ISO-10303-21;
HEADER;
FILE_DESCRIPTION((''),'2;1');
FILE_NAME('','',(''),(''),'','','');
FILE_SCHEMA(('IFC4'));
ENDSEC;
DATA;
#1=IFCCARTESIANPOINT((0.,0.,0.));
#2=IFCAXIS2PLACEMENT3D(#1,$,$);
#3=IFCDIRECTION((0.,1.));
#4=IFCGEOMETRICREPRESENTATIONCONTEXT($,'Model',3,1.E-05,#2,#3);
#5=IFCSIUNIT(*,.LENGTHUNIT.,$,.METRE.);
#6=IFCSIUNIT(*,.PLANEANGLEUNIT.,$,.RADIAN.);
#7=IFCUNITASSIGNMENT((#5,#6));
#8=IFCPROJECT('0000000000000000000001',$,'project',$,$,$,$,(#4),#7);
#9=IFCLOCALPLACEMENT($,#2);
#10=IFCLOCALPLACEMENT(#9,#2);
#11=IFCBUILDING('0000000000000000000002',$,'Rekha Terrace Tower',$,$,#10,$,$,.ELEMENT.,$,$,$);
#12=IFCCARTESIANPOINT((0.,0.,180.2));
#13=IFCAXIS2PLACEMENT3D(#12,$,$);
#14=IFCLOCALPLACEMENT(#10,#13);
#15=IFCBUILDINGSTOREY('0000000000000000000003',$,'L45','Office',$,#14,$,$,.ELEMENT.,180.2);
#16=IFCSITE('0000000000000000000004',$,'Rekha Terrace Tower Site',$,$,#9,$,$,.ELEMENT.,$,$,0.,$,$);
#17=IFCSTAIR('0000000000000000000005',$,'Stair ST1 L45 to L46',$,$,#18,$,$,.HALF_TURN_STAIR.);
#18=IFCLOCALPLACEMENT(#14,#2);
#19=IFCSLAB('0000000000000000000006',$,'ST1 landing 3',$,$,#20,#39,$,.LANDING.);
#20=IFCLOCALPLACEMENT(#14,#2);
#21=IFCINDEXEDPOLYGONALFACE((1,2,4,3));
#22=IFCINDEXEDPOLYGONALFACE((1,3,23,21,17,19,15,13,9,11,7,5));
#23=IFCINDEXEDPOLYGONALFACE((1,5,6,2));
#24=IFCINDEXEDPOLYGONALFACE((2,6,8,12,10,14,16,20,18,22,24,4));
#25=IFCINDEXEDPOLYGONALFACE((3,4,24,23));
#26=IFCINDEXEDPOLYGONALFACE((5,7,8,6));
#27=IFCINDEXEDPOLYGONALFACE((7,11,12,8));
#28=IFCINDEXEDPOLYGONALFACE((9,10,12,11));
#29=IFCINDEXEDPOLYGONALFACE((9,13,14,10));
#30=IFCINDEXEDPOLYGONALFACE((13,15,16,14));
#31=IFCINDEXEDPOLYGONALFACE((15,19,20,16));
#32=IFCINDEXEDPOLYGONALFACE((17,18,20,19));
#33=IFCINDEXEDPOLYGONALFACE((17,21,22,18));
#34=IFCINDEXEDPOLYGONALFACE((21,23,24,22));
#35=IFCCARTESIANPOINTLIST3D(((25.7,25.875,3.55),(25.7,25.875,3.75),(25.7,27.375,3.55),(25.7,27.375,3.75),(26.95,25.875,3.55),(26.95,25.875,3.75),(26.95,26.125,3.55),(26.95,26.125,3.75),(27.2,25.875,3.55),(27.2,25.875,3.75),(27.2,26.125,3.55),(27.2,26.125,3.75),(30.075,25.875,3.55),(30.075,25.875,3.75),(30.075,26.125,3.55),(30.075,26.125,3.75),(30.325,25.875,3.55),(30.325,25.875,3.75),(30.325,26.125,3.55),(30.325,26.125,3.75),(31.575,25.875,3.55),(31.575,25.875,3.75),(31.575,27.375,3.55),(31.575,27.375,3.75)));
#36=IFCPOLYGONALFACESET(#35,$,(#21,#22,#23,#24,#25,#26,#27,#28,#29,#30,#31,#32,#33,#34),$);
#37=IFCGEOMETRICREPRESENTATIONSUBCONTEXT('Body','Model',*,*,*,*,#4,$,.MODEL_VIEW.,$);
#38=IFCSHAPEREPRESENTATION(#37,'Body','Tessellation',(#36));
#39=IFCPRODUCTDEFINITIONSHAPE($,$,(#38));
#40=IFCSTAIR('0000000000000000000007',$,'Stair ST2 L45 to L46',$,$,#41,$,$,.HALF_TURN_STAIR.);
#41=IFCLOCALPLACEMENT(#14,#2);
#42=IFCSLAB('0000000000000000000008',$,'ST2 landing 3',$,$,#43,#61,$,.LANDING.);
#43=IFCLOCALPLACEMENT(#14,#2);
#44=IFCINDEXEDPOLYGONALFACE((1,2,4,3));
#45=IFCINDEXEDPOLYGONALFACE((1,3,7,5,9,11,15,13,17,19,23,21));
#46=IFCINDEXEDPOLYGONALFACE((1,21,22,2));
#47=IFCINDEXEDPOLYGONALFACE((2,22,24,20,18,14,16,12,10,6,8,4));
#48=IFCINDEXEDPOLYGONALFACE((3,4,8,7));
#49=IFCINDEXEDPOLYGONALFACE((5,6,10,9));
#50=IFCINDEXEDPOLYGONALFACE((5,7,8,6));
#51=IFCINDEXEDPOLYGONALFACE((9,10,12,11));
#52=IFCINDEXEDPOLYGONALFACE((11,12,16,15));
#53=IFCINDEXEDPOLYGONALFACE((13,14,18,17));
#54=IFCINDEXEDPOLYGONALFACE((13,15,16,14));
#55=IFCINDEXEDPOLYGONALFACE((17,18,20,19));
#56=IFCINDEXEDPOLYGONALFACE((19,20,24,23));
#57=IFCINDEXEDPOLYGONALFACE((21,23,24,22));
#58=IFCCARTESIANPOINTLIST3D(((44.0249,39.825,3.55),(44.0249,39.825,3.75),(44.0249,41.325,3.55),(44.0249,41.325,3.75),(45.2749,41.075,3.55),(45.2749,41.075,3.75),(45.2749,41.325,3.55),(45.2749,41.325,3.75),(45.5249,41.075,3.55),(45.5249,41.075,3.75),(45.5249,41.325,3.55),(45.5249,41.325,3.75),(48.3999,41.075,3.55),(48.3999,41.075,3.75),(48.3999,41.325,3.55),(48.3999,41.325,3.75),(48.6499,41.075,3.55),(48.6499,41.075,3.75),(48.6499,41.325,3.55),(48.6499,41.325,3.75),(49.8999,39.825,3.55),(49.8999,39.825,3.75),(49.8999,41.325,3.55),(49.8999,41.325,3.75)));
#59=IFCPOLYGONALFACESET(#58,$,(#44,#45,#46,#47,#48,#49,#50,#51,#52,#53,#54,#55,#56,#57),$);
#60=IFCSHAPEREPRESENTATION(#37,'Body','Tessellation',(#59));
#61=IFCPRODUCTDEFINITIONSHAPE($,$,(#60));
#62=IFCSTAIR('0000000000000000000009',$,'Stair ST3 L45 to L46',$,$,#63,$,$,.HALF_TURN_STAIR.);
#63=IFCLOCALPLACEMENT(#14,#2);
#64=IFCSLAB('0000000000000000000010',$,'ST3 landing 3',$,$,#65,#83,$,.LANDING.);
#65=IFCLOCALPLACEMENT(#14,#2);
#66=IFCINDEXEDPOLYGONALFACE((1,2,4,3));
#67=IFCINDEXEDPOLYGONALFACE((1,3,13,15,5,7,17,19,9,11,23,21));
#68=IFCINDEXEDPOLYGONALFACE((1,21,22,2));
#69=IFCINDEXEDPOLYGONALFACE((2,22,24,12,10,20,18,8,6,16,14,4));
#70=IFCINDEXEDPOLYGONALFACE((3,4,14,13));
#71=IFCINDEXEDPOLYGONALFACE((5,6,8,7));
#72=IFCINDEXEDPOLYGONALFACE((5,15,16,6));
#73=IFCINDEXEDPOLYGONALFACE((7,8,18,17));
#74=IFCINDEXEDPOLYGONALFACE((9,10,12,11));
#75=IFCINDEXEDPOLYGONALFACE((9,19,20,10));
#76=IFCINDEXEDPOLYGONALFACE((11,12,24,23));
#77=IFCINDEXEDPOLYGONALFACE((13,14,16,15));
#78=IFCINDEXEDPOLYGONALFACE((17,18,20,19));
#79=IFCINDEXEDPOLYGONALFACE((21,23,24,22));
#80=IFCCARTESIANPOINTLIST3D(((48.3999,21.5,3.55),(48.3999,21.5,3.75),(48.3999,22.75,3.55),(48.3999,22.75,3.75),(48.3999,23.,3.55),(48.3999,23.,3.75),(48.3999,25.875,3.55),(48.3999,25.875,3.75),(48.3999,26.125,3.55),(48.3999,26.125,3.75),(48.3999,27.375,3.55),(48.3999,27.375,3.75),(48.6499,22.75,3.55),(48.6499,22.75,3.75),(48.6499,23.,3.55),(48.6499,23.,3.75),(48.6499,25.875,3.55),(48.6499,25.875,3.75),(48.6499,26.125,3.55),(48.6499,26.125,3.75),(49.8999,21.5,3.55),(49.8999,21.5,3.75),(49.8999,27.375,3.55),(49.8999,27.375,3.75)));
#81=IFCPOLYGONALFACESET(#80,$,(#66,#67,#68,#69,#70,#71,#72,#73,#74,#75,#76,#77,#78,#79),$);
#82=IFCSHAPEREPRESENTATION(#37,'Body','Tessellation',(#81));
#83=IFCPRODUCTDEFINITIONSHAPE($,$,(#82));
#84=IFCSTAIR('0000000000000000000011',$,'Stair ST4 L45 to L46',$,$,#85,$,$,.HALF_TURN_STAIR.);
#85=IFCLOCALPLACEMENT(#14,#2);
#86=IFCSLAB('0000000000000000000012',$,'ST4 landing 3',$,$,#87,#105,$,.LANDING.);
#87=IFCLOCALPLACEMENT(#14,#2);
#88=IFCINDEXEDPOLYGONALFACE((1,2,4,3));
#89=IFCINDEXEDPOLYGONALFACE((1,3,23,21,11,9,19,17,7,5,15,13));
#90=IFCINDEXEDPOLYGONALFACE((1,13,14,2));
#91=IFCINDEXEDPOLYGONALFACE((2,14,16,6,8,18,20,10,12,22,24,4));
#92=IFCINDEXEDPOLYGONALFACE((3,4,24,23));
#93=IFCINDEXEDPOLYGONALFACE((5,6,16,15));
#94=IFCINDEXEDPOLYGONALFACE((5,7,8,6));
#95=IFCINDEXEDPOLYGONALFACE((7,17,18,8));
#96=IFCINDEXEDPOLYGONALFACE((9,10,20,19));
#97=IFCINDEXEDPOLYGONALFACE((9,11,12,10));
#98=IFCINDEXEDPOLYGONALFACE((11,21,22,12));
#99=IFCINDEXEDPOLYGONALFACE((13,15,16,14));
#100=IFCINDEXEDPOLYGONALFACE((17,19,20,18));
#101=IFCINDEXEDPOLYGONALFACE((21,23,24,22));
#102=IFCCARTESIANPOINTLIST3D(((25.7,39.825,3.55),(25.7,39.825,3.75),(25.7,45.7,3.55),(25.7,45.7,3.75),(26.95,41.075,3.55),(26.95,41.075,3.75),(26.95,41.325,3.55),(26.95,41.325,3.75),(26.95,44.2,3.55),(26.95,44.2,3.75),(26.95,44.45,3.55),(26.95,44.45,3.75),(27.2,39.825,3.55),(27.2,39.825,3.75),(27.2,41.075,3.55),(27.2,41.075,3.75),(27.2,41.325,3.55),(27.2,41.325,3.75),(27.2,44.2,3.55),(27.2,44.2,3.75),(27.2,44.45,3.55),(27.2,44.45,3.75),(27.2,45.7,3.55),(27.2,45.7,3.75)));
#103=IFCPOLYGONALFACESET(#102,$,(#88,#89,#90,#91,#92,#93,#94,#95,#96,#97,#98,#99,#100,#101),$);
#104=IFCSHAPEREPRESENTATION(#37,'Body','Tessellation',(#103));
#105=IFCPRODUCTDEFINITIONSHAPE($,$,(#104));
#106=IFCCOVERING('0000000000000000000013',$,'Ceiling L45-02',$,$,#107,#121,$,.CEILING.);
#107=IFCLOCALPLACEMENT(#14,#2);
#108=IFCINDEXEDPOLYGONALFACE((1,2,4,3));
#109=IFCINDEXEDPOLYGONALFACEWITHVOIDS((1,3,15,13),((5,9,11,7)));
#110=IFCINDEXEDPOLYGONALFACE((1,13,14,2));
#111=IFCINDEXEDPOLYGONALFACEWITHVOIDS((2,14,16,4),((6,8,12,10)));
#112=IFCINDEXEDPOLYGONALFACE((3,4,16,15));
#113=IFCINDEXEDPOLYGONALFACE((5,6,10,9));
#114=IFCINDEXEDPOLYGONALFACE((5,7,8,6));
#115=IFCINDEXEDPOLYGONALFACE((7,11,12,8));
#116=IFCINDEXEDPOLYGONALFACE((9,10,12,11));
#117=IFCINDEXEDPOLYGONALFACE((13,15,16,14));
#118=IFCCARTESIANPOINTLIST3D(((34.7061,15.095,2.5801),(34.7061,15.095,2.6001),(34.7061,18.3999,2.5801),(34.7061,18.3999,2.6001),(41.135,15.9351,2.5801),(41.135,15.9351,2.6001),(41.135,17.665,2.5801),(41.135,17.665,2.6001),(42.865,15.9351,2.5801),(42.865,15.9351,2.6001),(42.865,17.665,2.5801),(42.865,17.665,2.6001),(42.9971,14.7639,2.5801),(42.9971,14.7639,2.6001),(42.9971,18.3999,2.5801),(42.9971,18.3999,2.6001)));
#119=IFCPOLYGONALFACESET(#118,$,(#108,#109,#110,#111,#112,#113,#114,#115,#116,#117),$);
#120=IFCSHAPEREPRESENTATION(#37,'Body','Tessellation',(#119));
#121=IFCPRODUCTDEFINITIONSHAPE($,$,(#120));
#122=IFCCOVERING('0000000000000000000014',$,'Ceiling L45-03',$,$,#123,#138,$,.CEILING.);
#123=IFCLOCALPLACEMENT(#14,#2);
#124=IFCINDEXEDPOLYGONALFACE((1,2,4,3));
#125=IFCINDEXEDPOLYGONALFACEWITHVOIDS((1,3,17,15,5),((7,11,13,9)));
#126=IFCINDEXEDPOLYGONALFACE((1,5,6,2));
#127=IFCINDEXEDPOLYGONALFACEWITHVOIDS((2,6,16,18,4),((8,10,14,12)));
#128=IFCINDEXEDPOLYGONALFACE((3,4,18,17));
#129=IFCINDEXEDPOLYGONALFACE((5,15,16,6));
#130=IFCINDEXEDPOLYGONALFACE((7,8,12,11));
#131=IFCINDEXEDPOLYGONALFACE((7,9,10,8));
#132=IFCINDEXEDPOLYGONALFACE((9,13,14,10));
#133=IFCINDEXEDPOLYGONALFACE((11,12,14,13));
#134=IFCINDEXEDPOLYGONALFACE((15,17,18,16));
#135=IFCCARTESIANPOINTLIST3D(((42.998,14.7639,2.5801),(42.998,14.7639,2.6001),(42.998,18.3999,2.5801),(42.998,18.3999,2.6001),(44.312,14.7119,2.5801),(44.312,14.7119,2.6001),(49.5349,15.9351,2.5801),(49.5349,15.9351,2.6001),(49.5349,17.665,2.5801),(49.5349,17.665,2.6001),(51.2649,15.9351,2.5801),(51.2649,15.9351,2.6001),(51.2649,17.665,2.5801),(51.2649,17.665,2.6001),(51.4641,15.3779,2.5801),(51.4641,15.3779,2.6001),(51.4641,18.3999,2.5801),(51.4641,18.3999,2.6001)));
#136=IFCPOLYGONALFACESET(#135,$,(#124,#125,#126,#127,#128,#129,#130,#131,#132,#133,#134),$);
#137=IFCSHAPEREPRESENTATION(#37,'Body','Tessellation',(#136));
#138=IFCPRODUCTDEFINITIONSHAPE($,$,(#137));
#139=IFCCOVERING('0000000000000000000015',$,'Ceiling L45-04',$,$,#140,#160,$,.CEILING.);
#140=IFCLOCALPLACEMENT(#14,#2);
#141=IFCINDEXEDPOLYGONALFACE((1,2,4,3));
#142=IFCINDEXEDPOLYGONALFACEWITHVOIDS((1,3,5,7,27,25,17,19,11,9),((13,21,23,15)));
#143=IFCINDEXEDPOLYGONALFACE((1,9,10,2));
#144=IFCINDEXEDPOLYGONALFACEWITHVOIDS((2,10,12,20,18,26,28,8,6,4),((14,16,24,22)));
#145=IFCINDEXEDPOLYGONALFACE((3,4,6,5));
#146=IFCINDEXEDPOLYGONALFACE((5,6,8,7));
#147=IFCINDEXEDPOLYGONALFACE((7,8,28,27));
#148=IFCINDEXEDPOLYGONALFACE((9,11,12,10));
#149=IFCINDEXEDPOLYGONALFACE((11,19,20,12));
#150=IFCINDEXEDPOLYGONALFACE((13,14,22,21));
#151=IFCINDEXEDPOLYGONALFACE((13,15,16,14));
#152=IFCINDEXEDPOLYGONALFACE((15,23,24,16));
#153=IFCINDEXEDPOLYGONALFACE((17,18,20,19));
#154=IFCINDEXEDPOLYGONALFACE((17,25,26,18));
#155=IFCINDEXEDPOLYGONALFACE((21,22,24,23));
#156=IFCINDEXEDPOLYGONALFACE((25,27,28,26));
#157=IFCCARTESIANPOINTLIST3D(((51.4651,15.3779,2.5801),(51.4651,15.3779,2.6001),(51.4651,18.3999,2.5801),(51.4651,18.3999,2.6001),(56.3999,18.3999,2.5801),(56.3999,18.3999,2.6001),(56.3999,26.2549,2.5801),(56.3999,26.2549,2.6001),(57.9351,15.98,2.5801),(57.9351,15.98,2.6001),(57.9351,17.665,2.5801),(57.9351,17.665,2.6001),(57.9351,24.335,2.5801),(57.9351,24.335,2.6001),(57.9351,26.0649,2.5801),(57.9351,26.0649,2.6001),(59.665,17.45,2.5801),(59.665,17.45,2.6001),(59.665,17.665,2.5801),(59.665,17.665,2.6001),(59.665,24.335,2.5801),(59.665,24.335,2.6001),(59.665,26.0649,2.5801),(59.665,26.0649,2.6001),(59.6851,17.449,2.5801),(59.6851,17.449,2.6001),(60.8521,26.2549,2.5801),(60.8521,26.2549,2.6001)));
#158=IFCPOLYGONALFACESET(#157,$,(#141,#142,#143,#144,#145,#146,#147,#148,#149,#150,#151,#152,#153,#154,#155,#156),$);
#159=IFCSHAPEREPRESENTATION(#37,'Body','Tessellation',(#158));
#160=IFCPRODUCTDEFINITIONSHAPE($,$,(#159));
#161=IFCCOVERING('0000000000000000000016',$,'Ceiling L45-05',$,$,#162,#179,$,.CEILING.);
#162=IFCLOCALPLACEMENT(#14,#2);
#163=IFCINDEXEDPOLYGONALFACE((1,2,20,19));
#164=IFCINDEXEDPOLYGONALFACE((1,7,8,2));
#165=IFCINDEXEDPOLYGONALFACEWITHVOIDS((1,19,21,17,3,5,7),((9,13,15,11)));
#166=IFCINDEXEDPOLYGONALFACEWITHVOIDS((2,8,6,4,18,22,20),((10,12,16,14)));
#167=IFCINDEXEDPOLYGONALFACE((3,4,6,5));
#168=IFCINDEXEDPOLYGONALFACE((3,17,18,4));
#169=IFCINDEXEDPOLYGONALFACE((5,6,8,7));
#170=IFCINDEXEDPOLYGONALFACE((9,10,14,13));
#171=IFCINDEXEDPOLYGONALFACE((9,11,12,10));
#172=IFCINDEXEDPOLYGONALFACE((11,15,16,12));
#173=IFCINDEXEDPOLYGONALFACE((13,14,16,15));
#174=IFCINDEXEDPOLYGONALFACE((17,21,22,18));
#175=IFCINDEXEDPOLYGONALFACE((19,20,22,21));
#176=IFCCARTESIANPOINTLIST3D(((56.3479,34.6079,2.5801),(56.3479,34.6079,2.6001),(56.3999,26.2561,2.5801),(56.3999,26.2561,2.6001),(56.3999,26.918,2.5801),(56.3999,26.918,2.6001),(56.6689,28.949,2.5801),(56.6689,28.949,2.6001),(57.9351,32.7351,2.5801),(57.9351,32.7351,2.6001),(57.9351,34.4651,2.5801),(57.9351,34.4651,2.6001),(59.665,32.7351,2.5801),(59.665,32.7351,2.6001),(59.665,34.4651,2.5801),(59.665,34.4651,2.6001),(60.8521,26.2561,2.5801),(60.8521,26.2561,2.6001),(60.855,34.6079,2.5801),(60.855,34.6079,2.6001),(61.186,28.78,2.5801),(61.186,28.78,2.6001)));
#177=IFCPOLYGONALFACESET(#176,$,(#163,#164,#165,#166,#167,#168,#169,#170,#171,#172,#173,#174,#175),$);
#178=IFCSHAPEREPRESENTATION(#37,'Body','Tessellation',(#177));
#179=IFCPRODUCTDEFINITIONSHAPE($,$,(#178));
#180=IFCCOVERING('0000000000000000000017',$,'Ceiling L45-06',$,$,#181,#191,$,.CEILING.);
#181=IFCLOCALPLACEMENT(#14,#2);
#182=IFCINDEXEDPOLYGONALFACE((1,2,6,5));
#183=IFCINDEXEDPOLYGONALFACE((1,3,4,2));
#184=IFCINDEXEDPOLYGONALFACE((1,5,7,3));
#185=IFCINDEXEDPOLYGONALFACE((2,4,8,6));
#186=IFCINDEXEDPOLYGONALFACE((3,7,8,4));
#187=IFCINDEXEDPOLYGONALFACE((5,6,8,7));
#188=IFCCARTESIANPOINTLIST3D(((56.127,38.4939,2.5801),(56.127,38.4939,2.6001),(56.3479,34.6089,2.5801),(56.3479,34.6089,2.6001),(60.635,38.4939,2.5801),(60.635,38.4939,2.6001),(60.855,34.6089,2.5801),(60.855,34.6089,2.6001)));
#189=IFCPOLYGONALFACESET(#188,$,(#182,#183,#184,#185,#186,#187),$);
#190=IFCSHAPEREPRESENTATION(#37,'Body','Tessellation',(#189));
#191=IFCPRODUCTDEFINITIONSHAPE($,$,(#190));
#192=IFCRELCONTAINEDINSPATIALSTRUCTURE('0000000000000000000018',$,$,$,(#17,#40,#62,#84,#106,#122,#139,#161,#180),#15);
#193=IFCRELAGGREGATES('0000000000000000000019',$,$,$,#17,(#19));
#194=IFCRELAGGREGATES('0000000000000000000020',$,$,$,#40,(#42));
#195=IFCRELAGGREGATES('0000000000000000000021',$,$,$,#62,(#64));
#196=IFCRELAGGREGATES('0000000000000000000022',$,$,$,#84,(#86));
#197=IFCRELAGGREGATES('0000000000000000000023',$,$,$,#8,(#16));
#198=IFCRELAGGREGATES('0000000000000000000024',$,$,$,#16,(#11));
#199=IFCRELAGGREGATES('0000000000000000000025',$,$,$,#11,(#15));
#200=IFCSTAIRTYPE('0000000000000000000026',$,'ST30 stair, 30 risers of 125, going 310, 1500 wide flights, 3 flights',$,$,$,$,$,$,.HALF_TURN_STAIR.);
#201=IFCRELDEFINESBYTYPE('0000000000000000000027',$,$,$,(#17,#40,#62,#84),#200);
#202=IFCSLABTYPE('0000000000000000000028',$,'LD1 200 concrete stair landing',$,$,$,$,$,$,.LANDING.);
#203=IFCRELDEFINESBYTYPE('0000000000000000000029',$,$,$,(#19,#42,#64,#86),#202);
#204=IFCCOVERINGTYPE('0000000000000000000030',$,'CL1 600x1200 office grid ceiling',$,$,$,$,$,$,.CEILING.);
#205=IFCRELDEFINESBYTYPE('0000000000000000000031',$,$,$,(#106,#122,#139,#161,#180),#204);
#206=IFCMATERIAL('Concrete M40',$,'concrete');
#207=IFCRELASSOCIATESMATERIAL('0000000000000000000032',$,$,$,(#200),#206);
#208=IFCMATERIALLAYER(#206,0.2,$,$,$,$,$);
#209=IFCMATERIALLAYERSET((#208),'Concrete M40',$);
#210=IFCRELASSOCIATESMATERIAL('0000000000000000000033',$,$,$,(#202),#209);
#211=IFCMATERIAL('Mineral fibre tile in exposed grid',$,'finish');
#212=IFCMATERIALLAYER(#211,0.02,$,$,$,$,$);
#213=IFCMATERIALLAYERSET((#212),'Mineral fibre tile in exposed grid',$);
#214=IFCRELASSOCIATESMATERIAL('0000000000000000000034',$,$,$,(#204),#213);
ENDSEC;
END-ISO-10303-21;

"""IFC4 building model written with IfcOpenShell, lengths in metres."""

from ifc_helpers import new_model, si_unit, direction, frame, origin, place, context, subcontext, project, spatial, polyline, outline, extrude, material, layer, layer_set, type_object, element, aggregate, save


model = new_model("IFC4")

# Units and contexts
model_context = context("Model", 3, precision=1e-05, world=origin(), true_north=direction((0.0, 1.0)))
body_context = subcontext(model_context, "Body", "Model", "MODEL_VIEW")
ifc_project = project(units=[si_unit("LENGTHUNIT", "METRE"), si_unit("PLANEANGLEUNIT", "RADIAN")], contexts=[model_context])

# Site, building, storey
site_placement = place(None, origin())
site = spatial("IfcSite", under=ifc_project, at=site_placement, Name="Rekha Terrace Tower Site", CompositionType="ELEMENT", RefElevation=0.0)
building_placement = place(site_placement, origin())
building = spatial("IfcBuilding", under=site, at=building_placement, Name="Rekha Terrace Tower", CompositionType="ELEMENT")
storey_placement = place(building_placement, frame((0.0, 0.0, 180.2)))
storey = spatial("IfcBuildingStorey", under=building, at=storey_placement, Name="L45", Description="Office", CompositionType="ELEMENT", Elevation=180.2)

# Stairs, slabs
ifc_material_1 = material(Name="Concrete M40", Category="concrete")
stair_type = type_object("IfcStairType", Name="ST30 stair, 30 risers of 125, going 310, 1500 wide flights, 3 flights", PredefinedType="HALF_TURN_STAIR", material=ifc_material_1)
stair_1_placement = place(storey_placement, origin())
stair_1 = element("IfcStair", 1, at=stair_1_placement, inside=storey, type_object=stair_type, Name="Stair ST1 L45 to L46", PredefinedType="HALF_TURN_STAIR")
ifc_layer_1 = layer(ifc_material_1, 0.2)
ifc_layer_set_1 = layer_set([ifc_layer_1], Name="Concrete M40")
slab_type = type_object("IfcSlabType", Name="LD1 200 concrete stair landing", PredefinedType="LANDING", material=ifc_layer_set_1)
slab_1_placement = place(storey_placement, frame((0.0, 0.0, 3.55)))
slab_1 = element("IfcSlab", 2, at=slab_1_placement, type_object=slab_type, Name="ST1 landing 3", PredefinedType="LANDING", context=body_context, shape_type="SweptSolid", body=[
    extrude(outline(polyline([(31.575, 25.875), (31.575, 27.375), (25.7, 27.375), (25.7, 25.875), (26.95, 25.875), (26.95, 26.125), (27.2, 26.125), (27.2, 25.875), (30.075, 25.875), (30.075, 26.125), (30.325, 26.125), (30.325, 25.875), (31.575, 25.875)])), origin(), (0.0, 0.0, 1.0), 0.2),
])
aggregate(stair_1, [slab_1])
stair_2_placement = place(storey_placement, origin())
stair_2 = element("IfcStair", 3, at=stair_2_placement, inside=storey, type_object=stair_type, Name="Stair ST2 L45 to L46", PredefinedType="HALF_TURN_STAIR")
slab_2_placement = place(storey_placement, frame((0.0, 0.0, 3.55)))
slab_2 = element("IfcSlab", 4, at=slab_2_placement, type_object=slab_type, Name="ST2 landing 3", PredefinedType="LANDING", context=body_context, shape_type="SweptSolid", body=[
    extrude(outline(polyline([(44.0249, 41.325), (44.0249, 39.825), (49.8999, 39.825), (49.8999, 41.325), (48.6499, 41.325), (48.6499, 41.075), (48.3999, 41.075), (48.3999, 41.325), (45.5249, 41.325), (45.5249, 41.075), (45.2749, 41.075), (45.2749, 41.325), (44.0249, 41.325)])), origin(), (0.0, 0.0, 1.0), 0.2),
])
aggregate(stair_2, [slab_2])
stair_3_placement = place(storey_placement, origin())
stair_3 = element("IfcStair", 5, at=stair_3_placement, inside=storey, type_object=stair_type, Name="Stair ST3 L45 to L46", PredefinedType="HALF_TURN_STAIR")
slab_3_placement = place(storey_placement, frame((0.0, 0.0, 3.55)))
slab_3 = element("IfcSlab", 6, at=slab_3_placement, type_object=slab_type, Name="ST3 landing 3", PredefinedType="LANDING", context=body_context, shape_type="SweptSolid", body=[
    extrude(outline(polyline([(48.3999, 21.5), (49.8999, 21.5), (49.8999, 27.375), (48.3999, 27.375), (48.3999, 26.125), (48.6499, 26.125), (48.6499, 25.875), (48.3999, 25.875), (48.3999, 23.0), (48.6499, 23.0), (48.6499, 22.75), (48.3999, 22.75), (48.3999, 21.5)])), origin(), (0.0, 0.0, 1.0), 0.2),
])
aggregate(stair_3, [slab_3])
stair_4_placement = place(storey_placement, origin())
stair_4 = element("IfcStair", 7, at=stair_4_placement, inside=storey, type_object=stair_type, Name="Stair ST4 L45 to L46", PredefinedType="HALF_TURN_STAIR")
slab_4_placement = place(storey_placement, frame((0.0, 0.0, 3.55)))
slab_4 = element("IfcSlab", 8, at=slab_4_placement, type_object=slab_type, Name="ST4 landing 3", PredefinedType="LANDING", context=body_context, shape_type="SweptSolid", body=[
    extrude(outline(polyline([(27.2, 39.825), (25.7, 39.825), (25.7, 45.7), (27.2, 45.7), (27.2, 44.45), (26.95, 44.45), (26.95, 44.2), (27.2, 44.2), (27.2, 41.325), (26.95, 41.325), (26.95, 41.075), (27.2, 41.075), (27.2, 39.825)])), origin(), (0.0, 0.0, 1.0), 0.2),
])
aggregate(stair_4, [slab_4])

# Coverings
ifc_material_2 = material(Name="Mineral fibre tile in exposed grid", Category="finish")
ifc_layer_2 = layer(ifc_material_2, 0.02)
ifc_layer_set_2 = layer_set([ifc_layer_2], Name="Mineral fibre tile in exposed grid")
covering_type_1 = type_object("IfcCoveringType", Name="CL1 600x1200 office grid ceiling", PredefinedType="CEILING", material=ifc_layer_set_2)
covering_1_placement = place(storey_placement, frame((0.0, 0.0, 2.5801)))
element("IfcCovering", 9, at=covering_1_placement, inside=storey, type_object=covering_type_1, Name="Ceiling L45-02", PredefinedType="CEILING", context=body_context, shape_type="SweptSolid", body=[
    extrude(outline(polyline([(42.9971, 14.7639), (42.9971, 18.3999), (34.7061, 18.3999), (34.7061, 15.095), (42.9971, 14.7639)]), holes=[polyline([(42.865, 17.665), (42.865, 15.9351), (41.135, 15.9351), (41.135, 17.665), (42.865, 17.665)])]), origin(), (0.0, 0.0, 1.0), 0.02),
])
covering_2_placement = place(storey_placement, frame((0.0, 0.0, 2.5801)))
element("IfcCovering", 10, at=covering_2_placement, inside=storey, type_object=covering_type_1, Name="Ceiling L45-03", PredefinedType="CEILING", context=body_context, shape_type="SweptSolid", body=[
    extrude(outline(polyline([(51.4641, 18.3999), (42.998, 18.3999), (42.998, 14.7639), (44.312, 14.7119), (51.4641, 15.3779), (51.4641, 18.3999)]), holes=[polyline([(51.2649, 15.9351), (49.5349, 15.9351), (49.5349, 17.665), (51.2649, 17.665), (51.2649, 15.9351)])]), origin(), (0.0, 0.0, 1.0), 0.02),
])
covering_3_placement = place(storey_placement, frame((0.0, 0.0, 2.5801)))
element("IfcCovering", 11, at=covering_3_placement, inside=storey, type_object=covering_type_1, Name="Ceiling L45-04", PredefinedType="CEILING", context=body_context, shape_type="SweptSolid", body=[
    extrude(outline(polyline([(56.3999, 26.2549), (56.3999, 18.3999), (51.4651, 18.3999), (51.4651, 15.3779), (57.9351, 15.98), (57.9351, 17.665), (59.665, 17.665), (59.665, 17.45), (59.6851, 17.449), (60.8521, 26.2549), (56.3999, 26.2549)]), holes=[polyline([(59.665, 24.335), (57.9351, 24.335), (57.9351, 26.0649), (59.665, 26.0649), (59.665, 24.335)])]), origin(), (0.0, 0.0, 1.0), 0.02),
])
covering_4_placement = place(storey_placement, frame((0.0, 0.0, 2.5801)))
element("IfcCovering", 12, at=covering_4_placement, inside=storey, type_object=covering_type_1, Name="Ceiling L45-05", PredefinedType="CEILING", context=body_context, shape_type="SweptSolid", body=[
    extrude(outline(polyline([(60.855, 34.6079), (56.3479, 34.6079), (56.6689, 28.949), (56.3999, 26.918), (56.3999, 26.2561), (60.8521, 26.2561), (61.186, 28.78), (60.855, 34.6079)]), holes=[polyline([(59.665, 34.4651), (59.665, 32.7351), (57.9351, 32.7351), (57.9351, 34.4651), (59.665, 34.4651)])]), origin(), (0.0, 0.0, 1.0), 0.02),
])
covering_5_placement = place(storey_placement, frame((0.0, 0.0, 2.5801)))
element("IfcCovering", 13, at=covering_5_placement, inside=storey, type_object=covering_type_1, Name="Ceiling L45-06", PredefinedType="CEILING", context=body_context, shape_type="SweptSolid", body=[
    extrude(outline(polyline([(56.3479, 34.6089), (60.855, 34.6089), (60.635, 38.4939), (56.127, 38.4939), (56.3479, 34.6089)])), origin(), (0.0, 0.0, 1.0), 0.02),
])

save(model, "model.ifc")
